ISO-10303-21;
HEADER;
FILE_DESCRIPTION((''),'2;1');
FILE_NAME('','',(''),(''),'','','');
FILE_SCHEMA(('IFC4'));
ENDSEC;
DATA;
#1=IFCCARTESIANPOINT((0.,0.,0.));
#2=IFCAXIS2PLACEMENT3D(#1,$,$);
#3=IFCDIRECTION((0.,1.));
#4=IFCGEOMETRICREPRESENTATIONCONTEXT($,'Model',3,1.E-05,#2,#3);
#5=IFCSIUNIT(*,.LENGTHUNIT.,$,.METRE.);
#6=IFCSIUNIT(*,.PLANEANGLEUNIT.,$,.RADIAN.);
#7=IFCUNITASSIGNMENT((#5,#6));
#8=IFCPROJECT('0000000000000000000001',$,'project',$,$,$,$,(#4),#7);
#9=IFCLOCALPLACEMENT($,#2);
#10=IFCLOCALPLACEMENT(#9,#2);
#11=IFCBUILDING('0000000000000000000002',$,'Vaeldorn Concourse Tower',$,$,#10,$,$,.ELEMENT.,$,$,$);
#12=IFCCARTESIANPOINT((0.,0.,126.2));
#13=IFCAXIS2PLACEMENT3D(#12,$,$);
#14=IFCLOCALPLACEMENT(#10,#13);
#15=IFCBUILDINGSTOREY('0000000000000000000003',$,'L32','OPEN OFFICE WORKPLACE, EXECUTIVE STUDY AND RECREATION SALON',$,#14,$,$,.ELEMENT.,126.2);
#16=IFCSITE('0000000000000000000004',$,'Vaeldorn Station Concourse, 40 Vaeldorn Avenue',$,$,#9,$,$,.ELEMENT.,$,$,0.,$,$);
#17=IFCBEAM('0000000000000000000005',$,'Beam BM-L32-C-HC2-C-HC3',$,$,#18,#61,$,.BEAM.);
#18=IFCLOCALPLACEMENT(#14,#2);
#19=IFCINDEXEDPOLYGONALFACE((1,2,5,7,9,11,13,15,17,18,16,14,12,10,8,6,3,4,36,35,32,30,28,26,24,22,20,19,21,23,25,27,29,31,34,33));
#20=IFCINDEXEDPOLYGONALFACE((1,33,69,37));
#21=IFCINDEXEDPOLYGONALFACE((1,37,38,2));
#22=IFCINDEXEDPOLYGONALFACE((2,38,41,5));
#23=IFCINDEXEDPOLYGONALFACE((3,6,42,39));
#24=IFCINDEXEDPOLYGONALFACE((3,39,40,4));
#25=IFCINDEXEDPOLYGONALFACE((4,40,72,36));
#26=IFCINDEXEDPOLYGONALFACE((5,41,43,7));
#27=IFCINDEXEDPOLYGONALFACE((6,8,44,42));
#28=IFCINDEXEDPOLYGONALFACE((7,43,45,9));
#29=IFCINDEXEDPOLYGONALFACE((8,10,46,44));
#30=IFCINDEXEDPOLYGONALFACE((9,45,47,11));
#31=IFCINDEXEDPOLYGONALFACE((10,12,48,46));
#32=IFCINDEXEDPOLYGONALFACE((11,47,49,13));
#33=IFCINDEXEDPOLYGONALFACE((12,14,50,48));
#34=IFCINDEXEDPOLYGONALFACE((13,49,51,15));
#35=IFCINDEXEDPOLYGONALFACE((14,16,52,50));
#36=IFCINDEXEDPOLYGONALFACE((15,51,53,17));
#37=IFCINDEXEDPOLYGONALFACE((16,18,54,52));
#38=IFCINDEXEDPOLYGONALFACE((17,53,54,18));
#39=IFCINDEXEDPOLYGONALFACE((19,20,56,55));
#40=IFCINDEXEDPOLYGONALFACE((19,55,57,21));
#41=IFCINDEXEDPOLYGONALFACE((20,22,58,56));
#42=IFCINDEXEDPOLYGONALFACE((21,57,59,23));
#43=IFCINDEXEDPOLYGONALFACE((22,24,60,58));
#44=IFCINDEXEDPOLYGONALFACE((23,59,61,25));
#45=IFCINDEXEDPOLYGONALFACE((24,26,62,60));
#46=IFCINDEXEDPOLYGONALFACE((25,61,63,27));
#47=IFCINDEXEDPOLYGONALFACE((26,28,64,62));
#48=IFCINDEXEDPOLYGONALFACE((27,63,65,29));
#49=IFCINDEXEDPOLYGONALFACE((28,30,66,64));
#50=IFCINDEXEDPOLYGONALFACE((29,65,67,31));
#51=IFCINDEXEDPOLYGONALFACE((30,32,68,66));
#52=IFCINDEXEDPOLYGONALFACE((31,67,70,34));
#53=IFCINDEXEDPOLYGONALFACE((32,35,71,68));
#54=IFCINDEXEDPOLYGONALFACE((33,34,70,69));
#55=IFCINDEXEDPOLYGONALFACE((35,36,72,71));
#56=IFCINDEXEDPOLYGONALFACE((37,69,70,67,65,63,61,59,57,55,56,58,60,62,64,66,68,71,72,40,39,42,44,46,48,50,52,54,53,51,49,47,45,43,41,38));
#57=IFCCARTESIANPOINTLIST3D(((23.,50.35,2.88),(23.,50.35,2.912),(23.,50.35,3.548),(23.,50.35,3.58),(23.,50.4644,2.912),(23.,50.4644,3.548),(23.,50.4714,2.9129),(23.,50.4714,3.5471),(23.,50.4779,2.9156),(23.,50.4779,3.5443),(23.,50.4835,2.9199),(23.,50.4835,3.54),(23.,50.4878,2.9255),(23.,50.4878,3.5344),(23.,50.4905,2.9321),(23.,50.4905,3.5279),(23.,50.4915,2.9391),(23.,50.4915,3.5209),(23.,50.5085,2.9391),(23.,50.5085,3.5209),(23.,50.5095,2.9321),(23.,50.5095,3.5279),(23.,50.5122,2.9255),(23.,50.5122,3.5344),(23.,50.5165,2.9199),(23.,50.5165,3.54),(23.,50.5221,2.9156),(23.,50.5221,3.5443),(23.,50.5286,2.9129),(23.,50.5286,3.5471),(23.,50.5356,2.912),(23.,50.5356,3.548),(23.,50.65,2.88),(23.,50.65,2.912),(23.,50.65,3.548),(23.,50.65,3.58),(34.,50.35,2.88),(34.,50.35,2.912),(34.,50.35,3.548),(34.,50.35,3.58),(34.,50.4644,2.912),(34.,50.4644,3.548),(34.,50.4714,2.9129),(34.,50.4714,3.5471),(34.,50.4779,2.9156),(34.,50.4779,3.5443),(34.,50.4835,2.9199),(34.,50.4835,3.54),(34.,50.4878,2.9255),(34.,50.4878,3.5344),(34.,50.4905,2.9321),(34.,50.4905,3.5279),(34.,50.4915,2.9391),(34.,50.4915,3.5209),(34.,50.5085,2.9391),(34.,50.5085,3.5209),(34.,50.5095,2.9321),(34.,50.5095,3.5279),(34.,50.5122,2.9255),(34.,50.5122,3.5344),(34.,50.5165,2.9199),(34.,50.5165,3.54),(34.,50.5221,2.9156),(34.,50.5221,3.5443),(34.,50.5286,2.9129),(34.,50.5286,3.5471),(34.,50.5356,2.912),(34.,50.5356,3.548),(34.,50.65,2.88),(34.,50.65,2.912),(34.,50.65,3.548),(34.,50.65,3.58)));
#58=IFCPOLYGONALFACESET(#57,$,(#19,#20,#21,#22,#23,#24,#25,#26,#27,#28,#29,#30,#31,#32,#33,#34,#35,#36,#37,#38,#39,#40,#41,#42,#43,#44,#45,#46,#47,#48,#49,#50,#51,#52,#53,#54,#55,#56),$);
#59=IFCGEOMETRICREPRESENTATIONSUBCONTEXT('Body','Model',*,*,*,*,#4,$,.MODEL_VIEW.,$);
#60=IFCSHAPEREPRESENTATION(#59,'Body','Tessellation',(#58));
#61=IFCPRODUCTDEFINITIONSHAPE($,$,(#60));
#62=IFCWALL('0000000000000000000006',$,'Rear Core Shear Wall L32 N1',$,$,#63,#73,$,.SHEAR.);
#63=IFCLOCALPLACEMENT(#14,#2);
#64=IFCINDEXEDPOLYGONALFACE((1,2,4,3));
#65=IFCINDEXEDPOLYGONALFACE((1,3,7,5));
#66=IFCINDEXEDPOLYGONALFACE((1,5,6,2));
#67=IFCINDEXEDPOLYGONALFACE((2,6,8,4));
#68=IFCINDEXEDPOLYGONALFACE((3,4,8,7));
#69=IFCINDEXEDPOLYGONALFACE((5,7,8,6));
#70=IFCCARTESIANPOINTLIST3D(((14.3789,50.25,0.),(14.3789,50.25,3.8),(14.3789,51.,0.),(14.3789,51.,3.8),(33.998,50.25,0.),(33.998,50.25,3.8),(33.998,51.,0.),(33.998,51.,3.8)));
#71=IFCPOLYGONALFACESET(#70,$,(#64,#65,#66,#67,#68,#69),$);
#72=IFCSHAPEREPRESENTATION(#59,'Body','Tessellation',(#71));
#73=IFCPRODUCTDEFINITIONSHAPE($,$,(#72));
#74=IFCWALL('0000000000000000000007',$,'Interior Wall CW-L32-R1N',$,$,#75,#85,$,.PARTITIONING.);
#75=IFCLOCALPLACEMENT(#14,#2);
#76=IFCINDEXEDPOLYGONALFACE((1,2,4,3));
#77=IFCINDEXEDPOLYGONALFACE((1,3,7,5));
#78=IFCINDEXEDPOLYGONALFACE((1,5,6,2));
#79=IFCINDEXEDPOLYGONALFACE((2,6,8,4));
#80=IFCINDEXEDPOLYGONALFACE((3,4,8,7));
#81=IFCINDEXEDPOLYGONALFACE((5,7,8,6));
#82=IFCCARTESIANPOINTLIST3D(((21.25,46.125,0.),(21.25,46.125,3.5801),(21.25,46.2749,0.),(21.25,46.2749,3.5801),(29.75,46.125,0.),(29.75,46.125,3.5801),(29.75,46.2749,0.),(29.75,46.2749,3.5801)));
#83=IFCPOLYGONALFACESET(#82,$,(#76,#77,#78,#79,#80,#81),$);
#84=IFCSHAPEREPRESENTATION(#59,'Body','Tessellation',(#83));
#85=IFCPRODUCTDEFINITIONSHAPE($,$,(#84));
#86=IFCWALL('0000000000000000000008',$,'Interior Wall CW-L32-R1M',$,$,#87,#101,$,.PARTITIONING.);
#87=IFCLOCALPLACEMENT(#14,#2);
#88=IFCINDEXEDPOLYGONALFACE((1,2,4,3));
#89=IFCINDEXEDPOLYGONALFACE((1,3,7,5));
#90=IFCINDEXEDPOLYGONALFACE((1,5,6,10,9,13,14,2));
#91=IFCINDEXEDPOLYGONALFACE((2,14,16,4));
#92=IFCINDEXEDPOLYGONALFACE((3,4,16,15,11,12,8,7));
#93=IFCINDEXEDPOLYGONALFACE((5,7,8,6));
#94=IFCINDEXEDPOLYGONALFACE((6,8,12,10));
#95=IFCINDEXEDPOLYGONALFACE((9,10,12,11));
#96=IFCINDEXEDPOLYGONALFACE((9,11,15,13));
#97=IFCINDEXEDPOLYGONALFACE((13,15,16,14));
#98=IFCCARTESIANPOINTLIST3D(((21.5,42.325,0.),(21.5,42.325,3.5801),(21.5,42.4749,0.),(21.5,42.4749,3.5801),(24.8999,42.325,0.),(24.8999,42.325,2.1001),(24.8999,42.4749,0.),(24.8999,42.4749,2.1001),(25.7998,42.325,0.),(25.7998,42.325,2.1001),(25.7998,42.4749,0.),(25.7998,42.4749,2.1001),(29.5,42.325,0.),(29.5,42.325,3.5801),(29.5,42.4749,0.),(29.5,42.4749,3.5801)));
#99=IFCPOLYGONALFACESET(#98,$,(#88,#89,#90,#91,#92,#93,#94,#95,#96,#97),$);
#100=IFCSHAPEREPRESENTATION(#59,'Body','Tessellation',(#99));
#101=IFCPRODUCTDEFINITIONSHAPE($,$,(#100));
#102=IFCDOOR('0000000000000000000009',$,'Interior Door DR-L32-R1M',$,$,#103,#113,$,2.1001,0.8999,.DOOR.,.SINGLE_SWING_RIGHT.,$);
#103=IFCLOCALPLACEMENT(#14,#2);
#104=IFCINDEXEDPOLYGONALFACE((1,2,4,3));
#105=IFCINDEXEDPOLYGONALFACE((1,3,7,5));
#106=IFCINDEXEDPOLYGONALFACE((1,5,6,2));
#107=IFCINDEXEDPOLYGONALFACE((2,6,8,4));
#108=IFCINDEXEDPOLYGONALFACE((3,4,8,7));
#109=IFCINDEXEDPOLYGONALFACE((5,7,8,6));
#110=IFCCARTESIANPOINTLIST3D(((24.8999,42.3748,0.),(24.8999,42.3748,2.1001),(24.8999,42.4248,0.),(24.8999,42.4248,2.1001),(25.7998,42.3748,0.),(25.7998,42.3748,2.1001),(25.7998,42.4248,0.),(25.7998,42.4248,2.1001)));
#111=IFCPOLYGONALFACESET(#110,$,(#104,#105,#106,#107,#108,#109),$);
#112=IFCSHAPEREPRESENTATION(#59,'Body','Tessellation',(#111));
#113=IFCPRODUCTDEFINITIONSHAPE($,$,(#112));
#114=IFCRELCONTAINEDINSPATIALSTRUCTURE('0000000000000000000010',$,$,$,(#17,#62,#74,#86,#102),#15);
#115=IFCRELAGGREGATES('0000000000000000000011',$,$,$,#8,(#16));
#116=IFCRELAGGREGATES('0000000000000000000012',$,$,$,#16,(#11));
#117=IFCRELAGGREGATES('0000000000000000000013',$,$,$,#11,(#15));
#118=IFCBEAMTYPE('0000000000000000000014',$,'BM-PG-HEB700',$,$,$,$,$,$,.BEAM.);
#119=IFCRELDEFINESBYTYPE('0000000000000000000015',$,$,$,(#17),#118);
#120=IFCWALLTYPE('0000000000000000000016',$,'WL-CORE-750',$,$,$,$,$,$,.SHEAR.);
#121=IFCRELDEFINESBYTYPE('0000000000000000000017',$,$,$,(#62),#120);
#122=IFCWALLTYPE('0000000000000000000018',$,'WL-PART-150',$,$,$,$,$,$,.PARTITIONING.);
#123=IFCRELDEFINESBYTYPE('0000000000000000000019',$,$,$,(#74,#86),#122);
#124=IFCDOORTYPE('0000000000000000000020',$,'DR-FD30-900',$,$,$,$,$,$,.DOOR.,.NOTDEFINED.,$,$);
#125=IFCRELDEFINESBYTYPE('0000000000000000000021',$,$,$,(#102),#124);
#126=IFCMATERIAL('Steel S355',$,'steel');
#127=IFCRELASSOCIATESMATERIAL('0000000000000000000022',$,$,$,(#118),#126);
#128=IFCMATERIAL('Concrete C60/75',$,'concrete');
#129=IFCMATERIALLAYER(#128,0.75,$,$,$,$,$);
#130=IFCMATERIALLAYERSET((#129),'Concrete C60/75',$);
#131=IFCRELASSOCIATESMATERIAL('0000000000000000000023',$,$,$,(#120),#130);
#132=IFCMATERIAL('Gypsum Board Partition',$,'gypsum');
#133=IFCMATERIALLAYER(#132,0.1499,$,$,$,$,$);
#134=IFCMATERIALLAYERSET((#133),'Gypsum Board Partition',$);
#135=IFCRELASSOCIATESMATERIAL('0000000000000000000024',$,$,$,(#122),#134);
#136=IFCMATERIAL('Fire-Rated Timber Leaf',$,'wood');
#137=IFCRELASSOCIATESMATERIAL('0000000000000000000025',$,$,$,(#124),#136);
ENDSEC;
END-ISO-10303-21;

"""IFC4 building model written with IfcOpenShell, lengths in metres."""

from ifc_helpers import new_model, si_unit, direction, frame, frame_2d, origin, origin_2d, place, context, subcontext, project, spatial, rectangle, i_section, extrude, source, transform, mapped, material, layer, layer_set, material_profile, profile_set, type_object, element, fill, save


model = new_model("IFC4")

# Units and contexts
model_context = context("Model", 3, precision=1e-05, world=origin(), true_north=direction((0.0, 1.0)))
body_context = subcontext(model_context, "Body", "Model", "MODEL_VIEW")
ifc_project = project(units=[si_unit("LENGTHUNIT", "METRE"), si_unit("PLANEANGLEUNIT", "RADIAN")], contexts=[model_context])

# Site, building, storey
site_placement = place(None, origin())
site = spatial("IfcSite", under=ifc_project, at=site_placement, Name="Vaeldorn Station Concourse, 40 Vaeldorn Avenue", CompositionType="ELEMENT", RefElevation=0.0)
building_placement = place(site_placement, origin())
building = spatial("IfcBuilding", under=site, at=building_placement, Name="Vaeldorn Concourse Tower", CompositionType="ELEMENT")
storey_placement = place(building_placement, frame((0.0, 0.0, 126.2)))
storey = spatial("IfcBuildingStorey", under=building, at=storey_placement, Name="L32", Description="OPEN OFFICE WORKPLACE, EXECUTIVE STUDY AND RECREATION SALON", CompositionType="ELEMENT", Elevation=126.2)

# Beam
ifc_material_1 = material(Name="Steel S355", Category="steel")
ifc_material_profile_1 = material_profile(ifc_material_1, i_section(OverallWidth=0.3, OverallDepth=0.7, WebThickness=0.0171, FlangeThickness=0.032, FilletRadius=0.0271, at=origin_2d()), Name="HEB 700")
ifc_profile_set_1 = profile_set([ifc_material_profile_1], Name="Steel S355")
beam_type_1 = type_object("IfcBeamType", Name="BM-PG-HEB700", PredefinedType="BEAM", material=ifc_profile_set_1)
shared_shape_1 = source(origin(), body_context, "Body", "SweptSolid", [
    extrude(i_section(OverallWidth=0.3, OverallDepth=0.7, WebThickness=0.0171, FlangeThickness=0.032, FilletRadius=0.0271, at=origin_2d()), origin(), (0.0, 0.0, 1.0), 11.0),
])
beam_1_placement = place(storey_placement, frame((23.0, 50.5, 3.23), z_axis=(1.0, 0.0, 0.0), x_axis=(0.0, 1.0, 0.0)))
element("IfcBeam", 1, at=beam_1_placement, inside=storey, type_object=beam_type_1, Name="Beam BM-L32-C-HC2-C-HC3", PredefinedType="BEAM", context=body_context, shape_type="MappedRepresentation", body=[
    mapped(shared_shape_1, transform((0.0, 0.0, 0.0), scale=1.0)),
])

# Walls
ifc_material_2 = material(Name="Concrete C60/75", Category="concrete")
ifc_layer_1 = layer(ifc_material_2, 0.75)
ifc_layer_set_1 = layer_set([ifc_layer_1], Name="Concrete C60/75")
wall_type_1 = type_object("IfcWallType", Name="WL-CORE-750", PredefinedType="SHEAR", material=ifc_layer_set_1)
wall_1_placement = place(storey_placement, frame((14.3789, 50.625, 0.0), z_axis=(0.0, 0.0, 1.0), x_axis=(1.0, 0.0, 0.0)))
element("IfcWall", 2, at=wall_1_placement, inside=storey, type_object=wall_type_1, Name="Rear Core Shear Wall L32 N1", PredefinedType="SHEAR", context=body_context, shape_type="SweptSolid", body=[
    extrude(rectangle(XDim=19.6191, YDim=0.75, at=frame_2d((9.8096, 0.0))), origin(), (0.0, 0.0, 1.0), 3.8),
])
ifc_material_3 = material(Name="Gypsum Board Partition", Category="gypsum")
ifc_layer_2 = layer(ifc_material_3, 0.1499)
ifc_layer_set_2 = layer_set([ifc_layer_2], Name="Gypsum Board Partition")
wall_type_2 = type_object("IfcWallType", Name="WL-PART-150", PredefinedType="PARTITIONING", material=ifc_layer_set_2)
wall_2_placement = place(storey_placement, frame((21.25, 46.2, 0.0), z_axis=(0.0, 0.0, 1.0), x_axis=(1.0, 0.0, 0.0)))
element("IfcWall", 3, at=wall_2_placement, inside=storey, type_object=wall_type_2, Name="Interior Wall CW-L32-R1N", PredefinedType="PARTITIONING", context=body_context, shape_type="SweptSolid", body=[
    extrude(rectangle(XDim=8.5, YDim=0.1499, at=frame_2d((4.25, 0.0))), origin(), (0.0, 0.0, 1.0), 3.5801),
])

# Wall, opening, door
wall_3_placement = place(storey_placement, frame((21.5, 42.3999, 0.0), z_axis=(0.0, 0.0, 1.0), x_axis=(1.0, 0.0, 0.0)))
wall_3 = element("IfcWall", 4, at=wall_3_placement, inside=storey, type_object=wall_type_2, Name="Interior Wall CW-L32-R1M", PredefinedType="PARTITIONING", context=body_context, shape_type="SweptSolid", body=[
    extrude(rectangle(XDim=8.0, YDim=0.1499, at=frame_2d((4.0, 0.0))), origin(), (0.0, 0.0, 1.0), 3.5801),
])
opening_1_placement = place(wall_3_placement, frame((3.3999, 0.0, 0.0)))
opening_1 = element("IfcOpeningElement", 5, at=opening_1_placement, cuts=wall_3, PredefinedType="OPENING", context=body_context, shape_type="SweptSolid", body=[
    extrude(rectangle(XDim=0.8999, YDim=2.1001, at=frame_2d((0.45, 1.05))), frame((0.0, 0.085, 0.0), z_axis=(0.0, -1.0, 0.0), x_axis=(1.0, 0.0, 0.0)), (0.0, 0.0, 1.0), 0.1699),
])
ifc_material_4 = material(Name="Fire-Rated Timber Leaf", Category="wood")
door_type_1 = type_object("IfcDoorType", Name="DR-FD30-900", OperationType="NOTDEFINED", PredefinedType="DOOR", material=ifc_material_4)
shared_shape_2 = source(origin(), body_context, "Body", "SweptSolid", [
    extrude(rectangle(XDim=0.8999, YDim=2.1001, at=frame_2d((0.45, 1.05))), frame((0.0, 0.0249, 0.0), z_axis=(0.0, -1.0, 0.0), x_axis=(1.0, 0.0, 0.0)), (0.0, 0.0, 1.0), 0.05),
])
door_1_placement = place(opening_1_placement, origin())
door_1 = element("IfcDoor", 6, at=door_1_placement, inside=storey, type_object=door_type_1, Name="Interior Door DR-L32-R1M", OperationType="SINGLE_SWING_RIGHT", OverallHeight=2.1001, OverallWidth=0.8999, PredefinedType="DOOR", context=body_context, shape_type="MappedRepresentation", body=[
    mapped(shared_shape_2, transform((0.0, 0.0, 0.0), scale=1.0)),
])
fill(opening_1, door_1)

save(model, "model.ifc")
